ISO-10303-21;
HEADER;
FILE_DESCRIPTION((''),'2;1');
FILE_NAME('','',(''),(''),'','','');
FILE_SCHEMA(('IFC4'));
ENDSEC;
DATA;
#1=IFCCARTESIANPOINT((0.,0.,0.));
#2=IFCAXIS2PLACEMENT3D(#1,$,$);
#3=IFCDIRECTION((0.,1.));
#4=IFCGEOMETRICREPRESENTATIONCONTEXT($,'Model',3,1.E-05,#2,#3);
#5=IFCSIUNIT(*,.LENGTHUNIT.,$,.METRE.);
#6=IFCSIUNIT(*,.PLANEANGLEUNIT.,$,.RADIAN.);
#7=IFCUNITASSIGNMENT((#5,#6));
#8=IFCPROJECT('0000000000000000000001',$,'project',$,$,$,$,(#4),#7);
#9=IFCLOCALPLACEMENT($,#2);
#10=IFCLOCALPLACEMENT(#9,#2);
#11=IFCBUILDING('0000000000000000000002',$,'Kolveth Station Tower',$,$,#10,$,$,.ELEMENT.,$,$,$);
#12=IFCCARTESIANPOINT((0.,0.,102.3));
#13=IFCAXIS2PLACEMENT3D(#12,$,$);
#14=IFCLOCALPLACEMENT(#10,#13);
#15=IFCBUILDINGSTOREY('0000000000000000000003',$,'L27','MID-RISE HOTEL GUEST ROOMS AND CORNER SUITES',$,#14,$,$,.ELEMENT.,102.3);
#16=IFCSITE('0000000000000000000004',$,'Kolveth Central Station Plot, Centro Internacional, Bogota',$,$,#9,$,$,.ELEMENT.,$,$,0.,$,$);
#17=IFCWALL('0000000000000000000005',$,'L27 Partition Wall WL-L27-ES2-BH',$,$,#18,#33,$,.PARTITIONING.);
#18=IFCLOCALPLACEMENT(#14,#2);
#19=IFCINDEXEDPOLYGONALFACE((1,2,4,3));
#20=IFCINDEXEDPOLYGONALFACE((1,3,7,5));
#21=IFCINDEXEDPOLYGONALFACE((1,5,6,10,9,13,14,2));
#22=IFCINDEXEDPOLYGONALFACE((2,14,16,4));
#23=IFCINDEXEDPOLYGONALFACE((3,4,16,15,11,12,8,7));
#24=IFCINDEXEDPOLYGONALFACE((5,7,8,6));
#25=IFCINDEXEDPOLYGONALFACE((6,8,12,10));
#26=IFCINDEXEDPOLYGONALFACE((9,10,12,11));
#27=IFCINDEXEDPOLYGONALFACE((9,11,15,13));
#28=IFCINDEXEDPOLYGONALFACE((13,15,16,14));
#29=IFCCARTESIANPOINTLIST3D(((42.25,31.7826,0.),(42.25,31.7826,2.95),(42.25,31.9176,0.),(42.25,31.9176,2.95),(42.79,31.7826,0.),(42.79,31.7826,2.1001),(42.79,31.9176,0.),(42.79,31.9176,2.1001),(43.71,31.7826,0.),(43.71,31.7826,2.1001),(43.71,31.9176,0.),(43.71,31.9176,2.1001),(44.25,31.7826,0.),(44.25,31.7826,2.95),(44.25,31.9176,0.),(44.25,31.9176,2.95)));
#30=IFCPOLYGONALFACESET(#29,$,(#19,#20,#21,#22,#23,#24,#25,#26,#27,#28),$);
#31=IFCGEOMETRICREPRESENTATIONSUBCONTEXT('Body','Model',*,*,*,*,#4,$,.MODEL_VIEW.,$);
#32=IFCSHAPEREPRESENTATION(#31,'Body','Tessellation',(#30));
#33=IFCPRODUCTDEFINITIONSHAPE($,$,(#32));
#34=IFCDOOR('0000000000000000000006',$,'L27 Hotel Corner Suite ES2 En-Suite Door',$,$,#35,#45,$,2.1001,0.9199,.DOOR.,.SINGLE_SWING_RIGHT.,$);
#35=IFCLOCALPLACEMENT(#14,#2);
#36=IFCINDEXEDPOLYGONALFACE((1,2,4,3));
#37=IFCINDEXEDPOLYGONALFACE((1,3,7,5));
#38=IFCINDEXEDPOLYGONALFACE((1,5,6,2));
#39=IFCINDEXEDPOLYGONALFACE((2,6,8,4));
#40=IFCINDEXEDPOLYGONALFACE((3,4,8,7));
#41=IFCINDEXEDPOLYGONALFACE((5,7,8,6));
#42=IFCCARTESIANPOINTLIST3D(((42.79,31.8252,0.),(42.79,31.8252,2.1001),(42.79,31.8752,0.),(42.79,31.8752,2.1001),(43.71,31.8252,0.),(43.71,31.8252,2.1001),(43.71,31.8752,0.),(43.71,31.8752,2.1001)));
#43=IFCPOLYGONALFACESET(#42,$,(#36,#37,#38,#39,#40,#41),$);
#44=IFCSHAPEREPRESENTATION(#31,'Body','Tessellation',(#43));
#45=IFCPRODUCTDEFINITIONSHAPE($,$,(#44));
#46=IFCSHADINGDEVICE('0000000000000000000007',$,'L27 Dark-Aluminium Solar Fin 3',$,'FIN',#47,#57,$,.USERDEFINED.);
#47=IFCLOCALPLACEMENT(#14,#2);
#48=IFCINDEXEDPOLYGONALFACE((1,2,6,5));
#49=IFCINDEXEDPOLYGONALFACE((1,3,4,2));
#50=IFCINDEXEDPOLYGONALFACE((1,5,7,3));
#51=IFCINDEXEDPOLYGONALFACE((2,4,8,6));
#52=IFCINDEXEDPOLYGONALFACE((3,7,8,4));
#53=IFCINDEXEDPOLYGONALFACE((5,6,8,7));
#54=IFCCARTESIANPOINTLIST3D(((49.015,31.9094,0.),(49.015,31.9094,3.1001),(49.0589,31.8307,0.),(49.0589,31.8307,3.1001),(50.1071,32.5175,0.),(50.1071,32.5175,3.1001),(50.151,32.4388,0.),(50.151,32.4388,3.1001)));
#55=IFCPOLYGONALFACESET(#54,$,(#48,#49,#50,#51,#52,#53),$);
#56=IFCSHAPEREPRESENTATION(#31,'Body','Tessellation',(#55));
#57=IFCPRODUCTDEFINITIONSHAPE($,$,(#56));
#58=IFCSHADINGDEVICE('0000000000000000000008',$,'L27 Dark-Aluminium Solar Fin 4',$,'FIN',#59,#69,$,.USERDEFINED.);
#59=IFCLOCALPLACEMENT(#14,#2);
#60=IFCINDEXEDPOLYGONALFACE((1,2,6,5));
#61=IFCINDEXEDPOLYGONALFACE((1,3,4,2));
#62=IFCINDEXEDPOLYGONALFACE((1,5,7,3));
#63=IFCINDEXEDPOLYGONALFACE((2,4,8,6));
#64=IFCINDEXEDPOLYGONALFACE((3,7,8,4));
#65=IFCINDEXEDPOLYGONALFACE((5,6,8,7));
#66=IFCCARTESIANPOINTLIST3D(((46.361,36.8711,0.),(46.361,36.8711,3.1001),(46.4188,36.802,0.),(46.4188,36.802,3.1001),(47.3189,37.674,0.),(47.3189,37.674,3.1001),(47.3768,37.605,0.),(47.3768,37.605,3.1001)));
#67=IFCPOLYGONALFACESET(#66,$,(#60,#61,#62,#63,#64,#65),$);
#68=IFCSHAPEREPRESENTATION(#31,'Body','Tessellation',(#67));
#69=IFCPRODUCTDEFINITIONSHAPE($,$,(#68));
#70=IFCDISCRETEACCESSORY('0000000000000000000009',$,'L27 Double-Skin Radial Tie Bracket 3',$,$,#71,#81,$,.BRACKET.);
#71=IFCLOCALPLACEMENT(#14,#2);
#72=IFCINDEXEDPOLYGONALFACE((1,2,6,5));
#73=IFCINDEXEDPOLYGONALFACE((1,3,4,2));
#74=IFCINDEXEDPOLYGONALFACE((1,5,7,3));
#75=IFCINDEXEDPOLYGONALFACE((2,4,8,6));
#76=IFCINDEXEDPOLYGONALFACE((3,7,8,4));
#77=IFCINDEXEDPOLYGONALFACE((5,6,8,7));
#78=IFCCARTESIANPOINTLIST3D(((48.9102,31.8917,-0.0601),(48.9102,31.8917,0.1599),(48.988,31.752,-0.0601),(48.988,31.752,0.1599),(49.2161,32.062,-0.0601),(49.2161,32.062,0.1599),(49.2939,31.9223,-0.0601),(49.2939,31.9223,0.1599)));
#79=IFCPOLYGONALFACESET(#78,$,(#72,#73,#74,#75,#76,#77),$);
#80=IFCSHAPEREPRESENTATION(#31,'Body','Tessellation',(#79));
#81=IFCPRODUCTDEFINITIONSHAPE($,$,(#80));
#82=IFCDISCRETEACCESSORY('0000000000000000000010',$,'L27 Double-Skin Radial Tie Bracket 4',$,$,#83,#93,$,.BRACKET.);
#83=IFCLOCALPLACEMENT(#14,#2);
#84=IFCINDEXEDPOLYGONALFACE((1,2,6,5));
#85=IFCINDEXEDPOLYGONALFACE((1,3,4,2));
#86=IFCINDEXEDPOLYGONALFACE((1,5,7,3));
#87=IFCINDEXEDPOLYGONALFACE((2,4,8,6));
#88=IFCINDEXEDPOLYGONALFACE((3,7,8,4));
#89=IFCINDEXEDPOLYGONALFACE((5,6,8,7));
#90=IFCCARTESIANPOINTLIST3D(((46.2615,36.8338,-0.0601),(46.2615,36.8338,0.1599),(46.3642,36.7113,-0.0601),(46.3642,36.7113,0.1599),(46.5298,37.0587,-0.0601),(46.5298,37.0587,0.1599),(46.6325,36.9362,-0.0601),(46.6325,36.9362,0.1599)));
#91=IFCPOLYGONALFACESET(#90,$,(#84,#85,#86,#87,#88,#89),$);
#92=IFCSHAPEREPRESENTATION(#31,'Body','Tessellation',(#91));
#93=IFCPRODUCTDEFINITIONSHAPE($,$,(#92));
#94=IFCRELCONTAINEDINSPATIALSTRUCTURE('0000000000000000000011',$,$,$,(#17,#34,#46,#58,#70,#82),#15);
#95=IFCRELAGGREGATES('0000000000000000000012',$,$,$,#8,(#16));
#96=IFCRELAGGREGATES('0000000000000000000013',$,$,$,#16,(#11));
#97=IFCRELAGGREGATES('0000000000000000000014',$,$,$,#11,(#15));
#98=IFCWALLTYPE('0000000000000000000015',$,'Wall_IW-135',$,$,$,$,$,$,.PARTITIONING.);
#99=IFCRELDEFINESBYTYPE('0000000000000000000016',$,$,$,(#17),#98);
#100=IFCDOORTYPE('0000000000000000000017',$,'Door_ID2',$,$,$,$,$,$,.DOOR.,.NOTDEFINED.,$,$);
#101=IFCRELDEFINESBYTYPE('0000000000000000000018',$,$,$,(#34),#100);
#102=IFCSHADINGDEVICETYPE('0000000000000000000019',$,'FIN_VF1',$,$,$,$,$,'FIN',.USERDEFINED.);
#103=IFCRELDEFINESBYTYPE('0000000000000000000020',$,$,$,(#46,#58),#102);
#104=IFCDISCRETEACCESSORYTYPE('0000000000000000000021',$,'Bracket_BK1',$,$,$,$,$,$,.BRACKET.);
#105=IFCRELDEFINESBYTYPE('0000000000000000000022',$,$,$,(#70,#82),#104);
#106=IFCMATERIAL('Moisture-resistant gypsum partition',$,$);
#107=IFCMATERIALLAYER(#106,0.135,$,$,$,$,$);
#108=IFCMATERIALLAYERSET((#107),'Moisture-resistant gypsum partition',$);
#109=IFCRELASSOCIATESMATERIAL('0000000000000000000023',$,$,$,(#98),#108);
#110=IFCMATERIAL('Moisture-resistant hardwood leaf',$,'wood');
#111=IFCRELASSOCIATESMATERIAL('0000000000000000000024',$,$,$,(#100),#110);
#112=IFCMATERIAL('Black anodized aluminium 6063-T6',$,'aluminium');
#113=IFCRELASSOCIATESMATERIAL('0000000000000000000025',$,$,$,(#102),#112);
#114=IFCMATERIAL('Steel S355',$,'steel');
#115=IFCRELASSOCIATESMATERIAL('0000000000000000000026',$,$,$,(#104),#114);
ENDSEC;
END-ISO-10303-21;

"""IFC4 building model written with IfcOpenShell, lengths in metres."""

from ifc_helpers import new_model, si_unit, direction, frame, frame_2d, origin, origin_2d, place, context, subcontext, project, spatial, rectangle, extrude, source, transform, mapped, material, layer, layer_set, type_object, element, fill, save


model = new_model("IFC4")

# Units and contexts
model_context = context("Model", 3, precision=1e-05, world=origin(), true_north=direction((0.0, 1.0)))
body_context = subcontext(model_context, "Body", "Model", "MODEL_VIEW")
ifc_project = project(units=[si_unit("LENGTHUNIT", "METRE"), si_unit("PLANEANGLEUNIT", "RADIAN")], contexts=[model_context])

# Site, building, storey
site_placement = place(None, origin())
site = spatial("IfcSite", under=ifc_project, at=site_placement, Name="Kolveth Central Station Plot, Centro Internacional, Bogota", CompositionType="ELEMENT", RefElevation=0.0)
building_placement = place(site_placement, origin())
building = spatial("IfcBuilding", under=site, at=building_placement, Name="Kolveth Station Tower", CompositionType="ELEMENT")
storey_placement = place(building_placement, frame((0.0, 0.0, 102.3)))
storey = spatial("IfcBuildingStorey", under=building, at=storey_placement, Name="L27", Description="MID-RISE HOTEL GUEST ROOMS AND CORNER SUITES", CompositionType="ELEMENT", Elevation=102.3)

# Shared definitions
ifc_material_1 = material(Name="Black anodized aluminium 6063-T6", Category="aluminium")

# Wall, opening, door
ifc_material_2 = material(Name="Moisture-resistant gypsum partition")
ifc_layer_1 = layer(ifc_material_2, 0.135)
ifc_layer_set_1 = layer_set([ifc_layer_1], Name="Moisture-resistant gypsum partition")
wall_type = type_object("IfcWallType", Name="Wall_IW-135", PredefinedType="PARTITIONING", material=ifc_layer_set_1)
wall_placement = place(storey_placement, frame((42.25, 31.8501, 0.0), z_axis=(0.0, 0.0, 1.0), x_axis=(1.0, 0.0, 0.0)))
wall = element("IfcWall", 1, at=wall_placement, inside=storey, type_object=wall_type, Name="L27 Partition Wall WL-L27-ES2-BH", PredefinedType="PARTITIONING", context=body_context, shape_type="SweptSolid", body=[
    extrude(rectangle(XDim=2.0, YDim=0.135, at=frame_2d((1.0, 0.0))), origin(), (0.0, 0.0, 1.0), 2.95),
])
opening_placement = place(wall_placement, frame((0.54, 0.0, 0.0)))
opening = element("IfcOpeningElement", 2, at=opening_placement, cuts=wall, PredefinedType="OPENING", context=body_context, shape_type="SweptSolid", body=[
    extrude(rectangle(XDim=0.9199, YDim=2.1001, at=frame_2d((0.46, 1.05))), frame((0.0, 0.0774, 0.0), z_axis=(0.0, -1.0, 0.0), x_axis=(1.0, 0.0, 0.0)), (0.0, 0.0, 1.0), 0.155),
])
ifc_material_3 = material(Name="Moisture-resistant hardwood leaf", Category="wood")
door_type = type_object("IfcDoorType", Name="Door_ID2", OperationType="NOTDEFINED", PredefinedType="DOOR", material=ifc_material_3)
door_placement = place(opening_placement, frame((0.9199, 0.0, 0.0), z_axis=(0.0, 0.0, 1.0), x_axis=(-1.0, 0.0, 0.0)))
door = element("IfcDoor", 3, at=door_placement, inside=storey, type_object=door_type, Name="L27 Hotel Corner Suite ES2 En-Suite Door", OperationType="SINGLE_SWING_RIGHT", OverallHeight=2.1001, OverallWidth=0.9199, PredefinedType="DOOR", context=body_context, shape_type="SweptSolid", body=[
    extrude(rectangle(XDim=0.9199, YDim=2.1001, at=frame_2d((0.46, 1.05))), frame((0.0, 0.0249, 0.0), z_axis=(0.0, -1.0, 0.0), x_axis=(1.0, 0.0, 0.0)), (0.0, 0.0, 1.0), 0.05),
])
fill(opening, door)

# Shading devices
shading_device_type = type_object("IfcShadingDeviceType", Name="FIN_VF1", ElementType="FIN", PredefinedType="USERDEFINED", material=ifc_material_1)
shared_shape_1 = source(origin(), body_context, "Body", "SweptSolid", [
    extrude(rectangle(XDim=1.25, YDim=0.0901, at=origin_2d()), origin(), (0.0, 0.0, 1.0), 3.1001),
])
for number, where, z_axis, x_axis, name in (
    (4, (49.583, 32.1741, 0.0), (0.0, 0.0, 1.0), (0.873687, 0.486488, 0.0), "L27 Dark-Aluminium Solar Fin 3"),
    (5, (46.8689, 37.238, 0.0), (0.0, 0.0, 1.0), (0.766381, 0.642386, 0.0), "L27 Dark-Aluminium Solar Fin 4"),
):
    element("IfcShadingDevice", number, at=place(storey_placement, frame(where, z_axis=z_axis, x_axis=x_axis)), inside=storey, type_object=shading_device_type, Name=name, ObjectType="FIN", PredefinedType="USERDEFINED", context=body_context, shape_type="MappedRepresentation", body=[
        mapped(shared_shape_1, transform((0.0, 0.0, 0.0), x_axis=(1.0, 0.0, 0.0), y_axis=(0.0, 1.0, 0.0), z_axis=(0.0, 0.0, 1.0), scale=1.0)),
    ])

# Discrete accessories
ifc_material_4 = material(Name="Steel S355", Category="steel")
discrete_accessory_type = type_object("IfcDiscreteAccessoryType", Name="Bracket_BK1", PredefinedType="BRACKET", material=ifc_material_4)
shared_shape_2 = source(origin(), body_context, "Body", "SweptSolid", [
    extrude(rectangle(XDim=0.3501, YDim=0.1599, at=origin_2d()), origin(), (0.0, 0.0, 1.0), 0.22),
])
for number, where, z_axis, x_axis, name in (
    (6, (49.1021, 31.907, -0.0601), (0.0, 0.0, 1.0), (0.873687, 0.486488, 0.0), "L27 Double-Skin Radial Tie Bracket 3"),
    (7, (46.447, 36.885, -0.0601), (0.0, 0.0, 1.0), (0.766381, 0.642386, 0.0), "L27 Double-Skin Radial Tie Bracket 4"),
):
    element("IfcDiscreteAccessory", number, at=place(storey_placement, frame(where, z_axis=z_axis, x_axis=x_axis)), inside=storey, type_object=discrete_accessory_type, Name=name, PredefinedType="BRACKET", context=body_context, shape_type="MappedRepresentation", body=[
        mapped(shared_shape_2, transform((0.0, 0.0, 0.0), x_axis=(1.0, 0.0, 0.0), y_axis=(0.0, 1.0, 0.0), z_axis=(0.0, 0.0, 1.0), scale=1.0)),
    ])

save(model, "model.ifc")
